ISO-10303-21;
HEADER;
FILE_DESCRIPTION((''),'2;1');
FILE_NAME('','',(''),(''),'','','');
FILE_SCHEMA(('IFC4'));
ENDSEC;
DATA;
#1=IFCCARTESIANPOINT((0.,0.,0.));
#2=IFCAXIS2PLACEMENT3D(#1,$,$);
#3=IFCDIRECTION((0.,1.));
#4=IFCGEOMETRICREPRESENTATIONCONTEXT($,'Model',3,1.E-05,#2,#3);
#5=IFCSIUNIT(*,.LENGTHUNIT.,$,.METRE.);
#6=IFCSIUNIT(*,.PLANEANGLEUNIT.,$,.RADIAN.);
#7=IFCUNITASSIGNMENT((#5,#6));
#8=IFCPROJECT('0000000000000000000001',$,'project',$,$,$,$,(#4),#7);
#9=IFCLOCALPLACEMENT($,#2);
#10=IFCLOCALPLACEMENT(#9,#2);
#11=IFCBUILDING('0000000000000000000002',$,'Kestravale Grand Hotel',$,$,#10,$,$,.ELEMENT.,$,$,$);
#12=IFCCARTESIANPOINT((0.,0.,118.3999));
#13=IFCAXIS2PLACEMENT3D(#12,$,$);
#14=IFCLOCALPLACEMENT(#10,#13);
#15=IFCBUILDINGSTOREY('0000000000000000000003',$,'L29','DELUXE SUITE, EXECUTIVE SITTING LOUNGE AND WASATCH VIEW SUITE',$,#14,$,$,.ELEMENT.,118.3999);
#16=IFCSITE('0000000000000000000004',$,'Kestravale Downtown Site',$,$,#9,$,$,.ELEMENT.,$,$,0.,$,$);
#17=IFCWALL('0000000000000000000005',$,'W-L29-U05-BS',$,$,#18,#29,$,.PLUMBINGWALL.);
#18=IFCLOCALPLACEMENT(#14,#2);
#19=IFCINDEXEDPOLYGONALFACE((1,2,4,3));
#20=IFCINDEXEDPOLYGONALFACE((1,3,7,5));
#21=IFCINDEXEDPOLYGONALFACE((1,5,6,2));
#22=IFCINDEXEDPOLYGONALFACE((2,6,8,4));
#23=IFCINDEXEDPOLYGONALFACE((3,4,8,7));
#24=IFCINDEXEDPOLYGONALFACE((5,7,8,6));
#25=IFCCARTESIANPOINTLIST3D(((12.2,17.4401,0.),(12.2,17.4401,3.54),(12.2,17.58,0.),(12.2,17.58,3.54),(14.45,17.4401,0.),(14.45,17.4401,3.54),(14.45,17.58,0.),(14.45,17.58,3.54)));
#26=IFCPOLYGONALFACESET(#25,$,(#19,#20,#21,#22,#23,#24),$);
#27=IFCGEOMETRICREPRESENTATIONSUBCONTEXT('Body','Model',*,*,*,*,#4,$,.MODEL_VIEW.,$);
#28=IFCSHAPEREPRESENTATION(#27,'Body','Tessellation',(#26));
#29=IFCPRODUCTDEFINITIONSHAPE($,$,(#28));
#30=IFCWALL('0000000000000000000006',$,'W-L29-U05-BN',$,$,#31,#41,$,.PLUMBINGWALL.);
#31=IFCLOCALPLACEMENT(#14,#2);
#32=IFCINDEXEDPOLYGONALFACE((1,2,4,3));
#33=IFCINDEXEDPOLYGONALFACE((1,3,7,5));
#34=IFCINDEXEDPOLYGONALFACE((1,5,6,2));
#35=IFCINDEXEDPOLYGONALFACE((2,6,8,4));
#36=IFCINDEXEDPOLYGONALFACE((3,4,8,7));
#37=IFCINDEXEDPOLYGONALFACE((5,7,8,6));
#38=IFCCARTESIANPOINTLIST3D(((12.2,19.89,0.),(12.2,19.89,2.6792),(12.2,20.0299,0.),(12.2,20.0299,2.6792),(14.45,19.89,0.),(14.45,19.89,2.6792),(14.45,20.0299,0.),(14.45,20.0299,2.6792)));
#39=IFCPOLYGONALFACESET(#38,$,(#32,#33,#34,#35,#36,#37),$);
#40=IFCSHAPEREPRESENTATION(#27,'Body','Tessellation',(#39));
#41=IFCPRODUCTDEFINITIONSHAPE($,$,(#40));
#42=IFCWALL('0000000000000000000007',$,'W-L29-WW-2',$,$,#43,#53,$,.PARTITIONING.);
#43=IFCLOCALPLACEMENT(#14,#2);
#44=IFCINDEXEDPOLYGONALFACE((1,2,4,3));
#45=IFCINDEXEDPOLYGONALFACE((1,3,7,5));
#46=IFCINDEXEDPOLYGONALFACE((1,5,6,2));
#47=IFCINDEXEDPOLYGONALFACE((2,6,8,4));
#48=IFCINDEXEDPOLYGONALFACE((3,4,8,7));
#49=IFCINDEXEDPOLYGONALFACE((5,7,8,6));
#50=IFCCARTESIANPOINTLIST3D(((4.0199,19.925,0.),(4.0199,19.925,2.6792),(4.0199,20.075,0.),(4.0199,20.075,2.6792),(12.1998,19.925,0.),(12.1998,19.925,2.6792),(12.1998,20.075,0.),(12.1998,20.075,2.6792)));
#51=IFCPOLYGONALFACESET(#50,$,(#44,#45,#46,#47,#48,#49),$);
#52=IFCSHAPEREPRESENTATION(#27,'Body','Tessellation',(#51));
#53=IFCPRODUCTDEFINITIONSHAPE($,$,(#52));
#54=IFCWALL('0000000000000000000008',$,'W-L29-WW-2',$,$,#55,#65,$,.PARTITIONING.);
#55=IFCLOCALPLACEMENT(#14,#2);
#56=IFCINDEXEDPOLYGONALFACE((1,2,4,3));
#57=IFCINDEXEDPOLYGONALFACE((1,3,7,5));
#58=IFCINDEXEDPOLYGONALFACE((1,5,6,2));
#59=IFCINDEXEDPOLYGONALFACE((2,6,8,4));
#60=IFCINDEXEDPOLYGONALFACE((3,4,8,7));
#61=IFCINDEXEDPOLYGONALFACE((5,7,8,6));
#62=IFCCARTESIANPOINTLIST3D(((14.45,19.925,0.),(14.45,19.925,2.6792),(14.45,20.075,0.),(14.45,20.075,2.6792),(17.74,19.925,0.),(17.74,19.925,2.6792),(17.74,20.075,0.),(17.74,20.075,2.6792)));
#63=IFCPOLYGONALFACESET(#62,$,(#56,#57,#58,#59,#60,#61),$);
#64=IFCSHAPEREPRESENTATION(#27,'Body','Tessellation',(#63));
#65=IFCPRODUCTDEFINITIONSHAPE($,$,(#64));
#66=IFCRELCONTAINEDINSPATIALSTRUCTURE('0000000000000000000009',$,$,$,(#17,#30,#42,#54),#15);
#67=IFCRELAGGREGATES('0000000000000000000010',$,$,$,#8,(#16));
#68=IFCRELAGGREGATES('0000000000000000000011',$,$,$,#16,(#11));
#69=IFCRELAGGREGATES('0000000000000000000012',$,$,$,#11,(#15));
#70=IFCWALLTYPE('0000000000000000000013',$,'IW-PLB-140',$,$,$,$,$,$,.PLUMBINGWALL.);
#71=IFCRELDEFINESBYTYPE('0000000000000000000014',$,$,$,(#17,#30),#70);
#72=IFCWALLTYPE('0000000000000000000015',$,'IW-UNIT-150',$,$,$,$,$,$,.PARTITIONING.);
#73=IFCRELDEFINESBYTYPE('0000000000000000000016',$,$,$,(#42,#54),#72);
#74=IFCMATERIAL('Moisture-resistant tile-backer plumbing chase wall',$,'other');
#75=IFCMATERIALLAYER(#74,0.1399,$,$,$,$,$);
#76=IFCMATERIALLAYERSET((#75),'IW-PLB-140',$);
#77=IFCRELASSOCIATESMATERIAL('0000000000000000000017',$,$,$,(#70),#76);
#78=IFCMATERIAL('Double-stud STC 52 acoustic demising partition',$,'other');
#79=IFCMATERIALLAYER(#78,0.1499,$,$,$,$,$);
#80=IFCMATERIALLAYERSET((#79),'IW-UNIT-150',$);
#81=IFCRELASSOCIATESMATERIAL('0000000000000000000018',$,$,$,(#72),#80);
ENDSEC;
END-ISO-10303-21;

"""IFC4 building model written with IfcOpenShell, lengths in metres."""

from ifc_helpers import new_model, si_unit, direction, frame, frame_2d, origin, place, context, subcontext, project, spatial, rectangle, extrude, material, layer, layer_set, type_object, element, save


model = new_model("IFC4")

# Units and contexts
model_context = context("Model", 3, precision=1e-05, world=origin(), true_north=direction((0.0, 1.0)))
body_context = subcontext(model_context, "Body", "Model", "MODEL_VIEW")
ifc_project = project(units=[si_unit("LENGTHUNIT", "METRE"), si_unit("PLANEANGLEUNIT", "RADIAN")], contexts=[model_context])

# Site, building, storey
site_placement = place(None, origin())
site = spatial("IfcSite", under=ifc_project, at=site_placement, Name="Kestravale Downtown Site", CompositionType="ELEMENT", RefElevation=0.0)
building_placement = place(site_placement, origin())
building = spatial("IfcBuilding", under=site, at=building_placement, Name="Kestravale Grand Hotel", CompositionType="ELEMENT")
storey_placement = place(building_placement, frame((0.0, 0.0, 118.3999)))
storey = spatial("IfcBuildingStorey", under=building, at=storey_placement, Name="L29", Description="DELUXE SUITE, EXECUTIVE SITTING LOUNGE AND WASATCH VIEW SUITE", CompositionType="ELEMENT", Elevation=118.3999)

# Shared definitions
ifc_material_1 = material(Name="Moisture-resistant tile-backer plumbing chase wall", Category="other")
ifc_layer_1 = layer(ifc_material_1, 0.1399)
ifc_layer_set_1 = layer_set([ifc_layer_1], Name="IW-PLB-140")
wall_type_1 = type_object("IfcWallType", Name="IW-PLB-140", PredefinedType="PLUMBINGWALL", material=ifc_layer_set_1)

# Walls
wall_1_placement = place(storey_placement, frame((12.2, 17.51, 0.0), z_axis=(0.0, 0.0, 1.0), x_axis=(1.0, 0.0, 0.0)))
element("IfcWall", 1, at=wall_1_placement, inside=storey, type_object=wall_type_1, Name="W-L29-U05-BS", PredefinedType="PLUMBINGWALL", context=body_context, shape_type="SweptSolid", body=[
    extrude(rectangle(XDim=2.25, YDim=0.1399, at=frame_2d((1.125, 0.0))), origin(), (0.0, 0.0, 1.0), 3.54),
])
wall_2_placement = place(storey_placement, frame((12.2, 19.96, 0.0), z_axis=(0.0, 0.0, 1.0), x_axis=(1.0, 0.0, 0.0)))
element("IfcWall", 2, at=wall_2_placement, inside=storey, type_object=wall_type_1, Name="W-L29-U05-BN", PredefinedType="PLUMBINGWALL", context=body_context, shape_type="SweptSolid", body=[
    extrude(rectangle(XDim=2.25, YDim=0.1399, at=frame_2d((1.125, 0.0))), origin(), (0.0, 0.0, 1.0), 2.6792),
])
ifc_material_2 = material(Name="Double-stud STC 52 acoustic demising partition", Category="other")
ifc_layer_2 = layer(ifc_material_2, 0.1499)
ifc_layer_set_2 = layer_set([ifc_layer_2], Name="IW-UNIT-150")
wall_type_2 = type_object("IfcWallType", Name="IW-UNIT-150", PredefinedType="PARTITIONING", material=ifc_layer_set_2)
wall_3_placement = place(storey_placement, frame((4.02, 20.0, 0.0), z_axis=(0.0, 0.0, 1.0), x_axis=(1.0, 0.0, 0.0)))
element("IfcWall", 3, at=wall_3_placement, inside=storey, type_object=wall_type_2, Name="W-L29-WW-2", PredefinedType="PARTITIONING", context=body_context, shape_type="SweptSolid", body=[
    extrude(rectangle(XDim=8.1799, YDim=0.1499, at=frame_2d((4.0898, 0.0))), origin(), (0.0, 0.0, 1.0), 2.6792),
])
wall_4_placement = place(storey_placement, frame((14.45, 20.0, 0.0), z_axis=(0.0, 0.0, 1.0), x_axis=(1.0, 0.0, 0.0)))
element("IfcWall", 4, at=wall_4_placement, inside=storey, type_object=wall_type_2, Name="W-L29-WW-2", PredefinedType="PARTITIONING", context=body_context, shape_type="SweptSolid", body=[
    extrude(rectangle(XDim=3.29, YDim=0.1499, at=frame_2d((1.645, 0.0))), origin(), (0.0, 0.0, 1.0), 2.6792),
])

save(model, "model.ifc")
